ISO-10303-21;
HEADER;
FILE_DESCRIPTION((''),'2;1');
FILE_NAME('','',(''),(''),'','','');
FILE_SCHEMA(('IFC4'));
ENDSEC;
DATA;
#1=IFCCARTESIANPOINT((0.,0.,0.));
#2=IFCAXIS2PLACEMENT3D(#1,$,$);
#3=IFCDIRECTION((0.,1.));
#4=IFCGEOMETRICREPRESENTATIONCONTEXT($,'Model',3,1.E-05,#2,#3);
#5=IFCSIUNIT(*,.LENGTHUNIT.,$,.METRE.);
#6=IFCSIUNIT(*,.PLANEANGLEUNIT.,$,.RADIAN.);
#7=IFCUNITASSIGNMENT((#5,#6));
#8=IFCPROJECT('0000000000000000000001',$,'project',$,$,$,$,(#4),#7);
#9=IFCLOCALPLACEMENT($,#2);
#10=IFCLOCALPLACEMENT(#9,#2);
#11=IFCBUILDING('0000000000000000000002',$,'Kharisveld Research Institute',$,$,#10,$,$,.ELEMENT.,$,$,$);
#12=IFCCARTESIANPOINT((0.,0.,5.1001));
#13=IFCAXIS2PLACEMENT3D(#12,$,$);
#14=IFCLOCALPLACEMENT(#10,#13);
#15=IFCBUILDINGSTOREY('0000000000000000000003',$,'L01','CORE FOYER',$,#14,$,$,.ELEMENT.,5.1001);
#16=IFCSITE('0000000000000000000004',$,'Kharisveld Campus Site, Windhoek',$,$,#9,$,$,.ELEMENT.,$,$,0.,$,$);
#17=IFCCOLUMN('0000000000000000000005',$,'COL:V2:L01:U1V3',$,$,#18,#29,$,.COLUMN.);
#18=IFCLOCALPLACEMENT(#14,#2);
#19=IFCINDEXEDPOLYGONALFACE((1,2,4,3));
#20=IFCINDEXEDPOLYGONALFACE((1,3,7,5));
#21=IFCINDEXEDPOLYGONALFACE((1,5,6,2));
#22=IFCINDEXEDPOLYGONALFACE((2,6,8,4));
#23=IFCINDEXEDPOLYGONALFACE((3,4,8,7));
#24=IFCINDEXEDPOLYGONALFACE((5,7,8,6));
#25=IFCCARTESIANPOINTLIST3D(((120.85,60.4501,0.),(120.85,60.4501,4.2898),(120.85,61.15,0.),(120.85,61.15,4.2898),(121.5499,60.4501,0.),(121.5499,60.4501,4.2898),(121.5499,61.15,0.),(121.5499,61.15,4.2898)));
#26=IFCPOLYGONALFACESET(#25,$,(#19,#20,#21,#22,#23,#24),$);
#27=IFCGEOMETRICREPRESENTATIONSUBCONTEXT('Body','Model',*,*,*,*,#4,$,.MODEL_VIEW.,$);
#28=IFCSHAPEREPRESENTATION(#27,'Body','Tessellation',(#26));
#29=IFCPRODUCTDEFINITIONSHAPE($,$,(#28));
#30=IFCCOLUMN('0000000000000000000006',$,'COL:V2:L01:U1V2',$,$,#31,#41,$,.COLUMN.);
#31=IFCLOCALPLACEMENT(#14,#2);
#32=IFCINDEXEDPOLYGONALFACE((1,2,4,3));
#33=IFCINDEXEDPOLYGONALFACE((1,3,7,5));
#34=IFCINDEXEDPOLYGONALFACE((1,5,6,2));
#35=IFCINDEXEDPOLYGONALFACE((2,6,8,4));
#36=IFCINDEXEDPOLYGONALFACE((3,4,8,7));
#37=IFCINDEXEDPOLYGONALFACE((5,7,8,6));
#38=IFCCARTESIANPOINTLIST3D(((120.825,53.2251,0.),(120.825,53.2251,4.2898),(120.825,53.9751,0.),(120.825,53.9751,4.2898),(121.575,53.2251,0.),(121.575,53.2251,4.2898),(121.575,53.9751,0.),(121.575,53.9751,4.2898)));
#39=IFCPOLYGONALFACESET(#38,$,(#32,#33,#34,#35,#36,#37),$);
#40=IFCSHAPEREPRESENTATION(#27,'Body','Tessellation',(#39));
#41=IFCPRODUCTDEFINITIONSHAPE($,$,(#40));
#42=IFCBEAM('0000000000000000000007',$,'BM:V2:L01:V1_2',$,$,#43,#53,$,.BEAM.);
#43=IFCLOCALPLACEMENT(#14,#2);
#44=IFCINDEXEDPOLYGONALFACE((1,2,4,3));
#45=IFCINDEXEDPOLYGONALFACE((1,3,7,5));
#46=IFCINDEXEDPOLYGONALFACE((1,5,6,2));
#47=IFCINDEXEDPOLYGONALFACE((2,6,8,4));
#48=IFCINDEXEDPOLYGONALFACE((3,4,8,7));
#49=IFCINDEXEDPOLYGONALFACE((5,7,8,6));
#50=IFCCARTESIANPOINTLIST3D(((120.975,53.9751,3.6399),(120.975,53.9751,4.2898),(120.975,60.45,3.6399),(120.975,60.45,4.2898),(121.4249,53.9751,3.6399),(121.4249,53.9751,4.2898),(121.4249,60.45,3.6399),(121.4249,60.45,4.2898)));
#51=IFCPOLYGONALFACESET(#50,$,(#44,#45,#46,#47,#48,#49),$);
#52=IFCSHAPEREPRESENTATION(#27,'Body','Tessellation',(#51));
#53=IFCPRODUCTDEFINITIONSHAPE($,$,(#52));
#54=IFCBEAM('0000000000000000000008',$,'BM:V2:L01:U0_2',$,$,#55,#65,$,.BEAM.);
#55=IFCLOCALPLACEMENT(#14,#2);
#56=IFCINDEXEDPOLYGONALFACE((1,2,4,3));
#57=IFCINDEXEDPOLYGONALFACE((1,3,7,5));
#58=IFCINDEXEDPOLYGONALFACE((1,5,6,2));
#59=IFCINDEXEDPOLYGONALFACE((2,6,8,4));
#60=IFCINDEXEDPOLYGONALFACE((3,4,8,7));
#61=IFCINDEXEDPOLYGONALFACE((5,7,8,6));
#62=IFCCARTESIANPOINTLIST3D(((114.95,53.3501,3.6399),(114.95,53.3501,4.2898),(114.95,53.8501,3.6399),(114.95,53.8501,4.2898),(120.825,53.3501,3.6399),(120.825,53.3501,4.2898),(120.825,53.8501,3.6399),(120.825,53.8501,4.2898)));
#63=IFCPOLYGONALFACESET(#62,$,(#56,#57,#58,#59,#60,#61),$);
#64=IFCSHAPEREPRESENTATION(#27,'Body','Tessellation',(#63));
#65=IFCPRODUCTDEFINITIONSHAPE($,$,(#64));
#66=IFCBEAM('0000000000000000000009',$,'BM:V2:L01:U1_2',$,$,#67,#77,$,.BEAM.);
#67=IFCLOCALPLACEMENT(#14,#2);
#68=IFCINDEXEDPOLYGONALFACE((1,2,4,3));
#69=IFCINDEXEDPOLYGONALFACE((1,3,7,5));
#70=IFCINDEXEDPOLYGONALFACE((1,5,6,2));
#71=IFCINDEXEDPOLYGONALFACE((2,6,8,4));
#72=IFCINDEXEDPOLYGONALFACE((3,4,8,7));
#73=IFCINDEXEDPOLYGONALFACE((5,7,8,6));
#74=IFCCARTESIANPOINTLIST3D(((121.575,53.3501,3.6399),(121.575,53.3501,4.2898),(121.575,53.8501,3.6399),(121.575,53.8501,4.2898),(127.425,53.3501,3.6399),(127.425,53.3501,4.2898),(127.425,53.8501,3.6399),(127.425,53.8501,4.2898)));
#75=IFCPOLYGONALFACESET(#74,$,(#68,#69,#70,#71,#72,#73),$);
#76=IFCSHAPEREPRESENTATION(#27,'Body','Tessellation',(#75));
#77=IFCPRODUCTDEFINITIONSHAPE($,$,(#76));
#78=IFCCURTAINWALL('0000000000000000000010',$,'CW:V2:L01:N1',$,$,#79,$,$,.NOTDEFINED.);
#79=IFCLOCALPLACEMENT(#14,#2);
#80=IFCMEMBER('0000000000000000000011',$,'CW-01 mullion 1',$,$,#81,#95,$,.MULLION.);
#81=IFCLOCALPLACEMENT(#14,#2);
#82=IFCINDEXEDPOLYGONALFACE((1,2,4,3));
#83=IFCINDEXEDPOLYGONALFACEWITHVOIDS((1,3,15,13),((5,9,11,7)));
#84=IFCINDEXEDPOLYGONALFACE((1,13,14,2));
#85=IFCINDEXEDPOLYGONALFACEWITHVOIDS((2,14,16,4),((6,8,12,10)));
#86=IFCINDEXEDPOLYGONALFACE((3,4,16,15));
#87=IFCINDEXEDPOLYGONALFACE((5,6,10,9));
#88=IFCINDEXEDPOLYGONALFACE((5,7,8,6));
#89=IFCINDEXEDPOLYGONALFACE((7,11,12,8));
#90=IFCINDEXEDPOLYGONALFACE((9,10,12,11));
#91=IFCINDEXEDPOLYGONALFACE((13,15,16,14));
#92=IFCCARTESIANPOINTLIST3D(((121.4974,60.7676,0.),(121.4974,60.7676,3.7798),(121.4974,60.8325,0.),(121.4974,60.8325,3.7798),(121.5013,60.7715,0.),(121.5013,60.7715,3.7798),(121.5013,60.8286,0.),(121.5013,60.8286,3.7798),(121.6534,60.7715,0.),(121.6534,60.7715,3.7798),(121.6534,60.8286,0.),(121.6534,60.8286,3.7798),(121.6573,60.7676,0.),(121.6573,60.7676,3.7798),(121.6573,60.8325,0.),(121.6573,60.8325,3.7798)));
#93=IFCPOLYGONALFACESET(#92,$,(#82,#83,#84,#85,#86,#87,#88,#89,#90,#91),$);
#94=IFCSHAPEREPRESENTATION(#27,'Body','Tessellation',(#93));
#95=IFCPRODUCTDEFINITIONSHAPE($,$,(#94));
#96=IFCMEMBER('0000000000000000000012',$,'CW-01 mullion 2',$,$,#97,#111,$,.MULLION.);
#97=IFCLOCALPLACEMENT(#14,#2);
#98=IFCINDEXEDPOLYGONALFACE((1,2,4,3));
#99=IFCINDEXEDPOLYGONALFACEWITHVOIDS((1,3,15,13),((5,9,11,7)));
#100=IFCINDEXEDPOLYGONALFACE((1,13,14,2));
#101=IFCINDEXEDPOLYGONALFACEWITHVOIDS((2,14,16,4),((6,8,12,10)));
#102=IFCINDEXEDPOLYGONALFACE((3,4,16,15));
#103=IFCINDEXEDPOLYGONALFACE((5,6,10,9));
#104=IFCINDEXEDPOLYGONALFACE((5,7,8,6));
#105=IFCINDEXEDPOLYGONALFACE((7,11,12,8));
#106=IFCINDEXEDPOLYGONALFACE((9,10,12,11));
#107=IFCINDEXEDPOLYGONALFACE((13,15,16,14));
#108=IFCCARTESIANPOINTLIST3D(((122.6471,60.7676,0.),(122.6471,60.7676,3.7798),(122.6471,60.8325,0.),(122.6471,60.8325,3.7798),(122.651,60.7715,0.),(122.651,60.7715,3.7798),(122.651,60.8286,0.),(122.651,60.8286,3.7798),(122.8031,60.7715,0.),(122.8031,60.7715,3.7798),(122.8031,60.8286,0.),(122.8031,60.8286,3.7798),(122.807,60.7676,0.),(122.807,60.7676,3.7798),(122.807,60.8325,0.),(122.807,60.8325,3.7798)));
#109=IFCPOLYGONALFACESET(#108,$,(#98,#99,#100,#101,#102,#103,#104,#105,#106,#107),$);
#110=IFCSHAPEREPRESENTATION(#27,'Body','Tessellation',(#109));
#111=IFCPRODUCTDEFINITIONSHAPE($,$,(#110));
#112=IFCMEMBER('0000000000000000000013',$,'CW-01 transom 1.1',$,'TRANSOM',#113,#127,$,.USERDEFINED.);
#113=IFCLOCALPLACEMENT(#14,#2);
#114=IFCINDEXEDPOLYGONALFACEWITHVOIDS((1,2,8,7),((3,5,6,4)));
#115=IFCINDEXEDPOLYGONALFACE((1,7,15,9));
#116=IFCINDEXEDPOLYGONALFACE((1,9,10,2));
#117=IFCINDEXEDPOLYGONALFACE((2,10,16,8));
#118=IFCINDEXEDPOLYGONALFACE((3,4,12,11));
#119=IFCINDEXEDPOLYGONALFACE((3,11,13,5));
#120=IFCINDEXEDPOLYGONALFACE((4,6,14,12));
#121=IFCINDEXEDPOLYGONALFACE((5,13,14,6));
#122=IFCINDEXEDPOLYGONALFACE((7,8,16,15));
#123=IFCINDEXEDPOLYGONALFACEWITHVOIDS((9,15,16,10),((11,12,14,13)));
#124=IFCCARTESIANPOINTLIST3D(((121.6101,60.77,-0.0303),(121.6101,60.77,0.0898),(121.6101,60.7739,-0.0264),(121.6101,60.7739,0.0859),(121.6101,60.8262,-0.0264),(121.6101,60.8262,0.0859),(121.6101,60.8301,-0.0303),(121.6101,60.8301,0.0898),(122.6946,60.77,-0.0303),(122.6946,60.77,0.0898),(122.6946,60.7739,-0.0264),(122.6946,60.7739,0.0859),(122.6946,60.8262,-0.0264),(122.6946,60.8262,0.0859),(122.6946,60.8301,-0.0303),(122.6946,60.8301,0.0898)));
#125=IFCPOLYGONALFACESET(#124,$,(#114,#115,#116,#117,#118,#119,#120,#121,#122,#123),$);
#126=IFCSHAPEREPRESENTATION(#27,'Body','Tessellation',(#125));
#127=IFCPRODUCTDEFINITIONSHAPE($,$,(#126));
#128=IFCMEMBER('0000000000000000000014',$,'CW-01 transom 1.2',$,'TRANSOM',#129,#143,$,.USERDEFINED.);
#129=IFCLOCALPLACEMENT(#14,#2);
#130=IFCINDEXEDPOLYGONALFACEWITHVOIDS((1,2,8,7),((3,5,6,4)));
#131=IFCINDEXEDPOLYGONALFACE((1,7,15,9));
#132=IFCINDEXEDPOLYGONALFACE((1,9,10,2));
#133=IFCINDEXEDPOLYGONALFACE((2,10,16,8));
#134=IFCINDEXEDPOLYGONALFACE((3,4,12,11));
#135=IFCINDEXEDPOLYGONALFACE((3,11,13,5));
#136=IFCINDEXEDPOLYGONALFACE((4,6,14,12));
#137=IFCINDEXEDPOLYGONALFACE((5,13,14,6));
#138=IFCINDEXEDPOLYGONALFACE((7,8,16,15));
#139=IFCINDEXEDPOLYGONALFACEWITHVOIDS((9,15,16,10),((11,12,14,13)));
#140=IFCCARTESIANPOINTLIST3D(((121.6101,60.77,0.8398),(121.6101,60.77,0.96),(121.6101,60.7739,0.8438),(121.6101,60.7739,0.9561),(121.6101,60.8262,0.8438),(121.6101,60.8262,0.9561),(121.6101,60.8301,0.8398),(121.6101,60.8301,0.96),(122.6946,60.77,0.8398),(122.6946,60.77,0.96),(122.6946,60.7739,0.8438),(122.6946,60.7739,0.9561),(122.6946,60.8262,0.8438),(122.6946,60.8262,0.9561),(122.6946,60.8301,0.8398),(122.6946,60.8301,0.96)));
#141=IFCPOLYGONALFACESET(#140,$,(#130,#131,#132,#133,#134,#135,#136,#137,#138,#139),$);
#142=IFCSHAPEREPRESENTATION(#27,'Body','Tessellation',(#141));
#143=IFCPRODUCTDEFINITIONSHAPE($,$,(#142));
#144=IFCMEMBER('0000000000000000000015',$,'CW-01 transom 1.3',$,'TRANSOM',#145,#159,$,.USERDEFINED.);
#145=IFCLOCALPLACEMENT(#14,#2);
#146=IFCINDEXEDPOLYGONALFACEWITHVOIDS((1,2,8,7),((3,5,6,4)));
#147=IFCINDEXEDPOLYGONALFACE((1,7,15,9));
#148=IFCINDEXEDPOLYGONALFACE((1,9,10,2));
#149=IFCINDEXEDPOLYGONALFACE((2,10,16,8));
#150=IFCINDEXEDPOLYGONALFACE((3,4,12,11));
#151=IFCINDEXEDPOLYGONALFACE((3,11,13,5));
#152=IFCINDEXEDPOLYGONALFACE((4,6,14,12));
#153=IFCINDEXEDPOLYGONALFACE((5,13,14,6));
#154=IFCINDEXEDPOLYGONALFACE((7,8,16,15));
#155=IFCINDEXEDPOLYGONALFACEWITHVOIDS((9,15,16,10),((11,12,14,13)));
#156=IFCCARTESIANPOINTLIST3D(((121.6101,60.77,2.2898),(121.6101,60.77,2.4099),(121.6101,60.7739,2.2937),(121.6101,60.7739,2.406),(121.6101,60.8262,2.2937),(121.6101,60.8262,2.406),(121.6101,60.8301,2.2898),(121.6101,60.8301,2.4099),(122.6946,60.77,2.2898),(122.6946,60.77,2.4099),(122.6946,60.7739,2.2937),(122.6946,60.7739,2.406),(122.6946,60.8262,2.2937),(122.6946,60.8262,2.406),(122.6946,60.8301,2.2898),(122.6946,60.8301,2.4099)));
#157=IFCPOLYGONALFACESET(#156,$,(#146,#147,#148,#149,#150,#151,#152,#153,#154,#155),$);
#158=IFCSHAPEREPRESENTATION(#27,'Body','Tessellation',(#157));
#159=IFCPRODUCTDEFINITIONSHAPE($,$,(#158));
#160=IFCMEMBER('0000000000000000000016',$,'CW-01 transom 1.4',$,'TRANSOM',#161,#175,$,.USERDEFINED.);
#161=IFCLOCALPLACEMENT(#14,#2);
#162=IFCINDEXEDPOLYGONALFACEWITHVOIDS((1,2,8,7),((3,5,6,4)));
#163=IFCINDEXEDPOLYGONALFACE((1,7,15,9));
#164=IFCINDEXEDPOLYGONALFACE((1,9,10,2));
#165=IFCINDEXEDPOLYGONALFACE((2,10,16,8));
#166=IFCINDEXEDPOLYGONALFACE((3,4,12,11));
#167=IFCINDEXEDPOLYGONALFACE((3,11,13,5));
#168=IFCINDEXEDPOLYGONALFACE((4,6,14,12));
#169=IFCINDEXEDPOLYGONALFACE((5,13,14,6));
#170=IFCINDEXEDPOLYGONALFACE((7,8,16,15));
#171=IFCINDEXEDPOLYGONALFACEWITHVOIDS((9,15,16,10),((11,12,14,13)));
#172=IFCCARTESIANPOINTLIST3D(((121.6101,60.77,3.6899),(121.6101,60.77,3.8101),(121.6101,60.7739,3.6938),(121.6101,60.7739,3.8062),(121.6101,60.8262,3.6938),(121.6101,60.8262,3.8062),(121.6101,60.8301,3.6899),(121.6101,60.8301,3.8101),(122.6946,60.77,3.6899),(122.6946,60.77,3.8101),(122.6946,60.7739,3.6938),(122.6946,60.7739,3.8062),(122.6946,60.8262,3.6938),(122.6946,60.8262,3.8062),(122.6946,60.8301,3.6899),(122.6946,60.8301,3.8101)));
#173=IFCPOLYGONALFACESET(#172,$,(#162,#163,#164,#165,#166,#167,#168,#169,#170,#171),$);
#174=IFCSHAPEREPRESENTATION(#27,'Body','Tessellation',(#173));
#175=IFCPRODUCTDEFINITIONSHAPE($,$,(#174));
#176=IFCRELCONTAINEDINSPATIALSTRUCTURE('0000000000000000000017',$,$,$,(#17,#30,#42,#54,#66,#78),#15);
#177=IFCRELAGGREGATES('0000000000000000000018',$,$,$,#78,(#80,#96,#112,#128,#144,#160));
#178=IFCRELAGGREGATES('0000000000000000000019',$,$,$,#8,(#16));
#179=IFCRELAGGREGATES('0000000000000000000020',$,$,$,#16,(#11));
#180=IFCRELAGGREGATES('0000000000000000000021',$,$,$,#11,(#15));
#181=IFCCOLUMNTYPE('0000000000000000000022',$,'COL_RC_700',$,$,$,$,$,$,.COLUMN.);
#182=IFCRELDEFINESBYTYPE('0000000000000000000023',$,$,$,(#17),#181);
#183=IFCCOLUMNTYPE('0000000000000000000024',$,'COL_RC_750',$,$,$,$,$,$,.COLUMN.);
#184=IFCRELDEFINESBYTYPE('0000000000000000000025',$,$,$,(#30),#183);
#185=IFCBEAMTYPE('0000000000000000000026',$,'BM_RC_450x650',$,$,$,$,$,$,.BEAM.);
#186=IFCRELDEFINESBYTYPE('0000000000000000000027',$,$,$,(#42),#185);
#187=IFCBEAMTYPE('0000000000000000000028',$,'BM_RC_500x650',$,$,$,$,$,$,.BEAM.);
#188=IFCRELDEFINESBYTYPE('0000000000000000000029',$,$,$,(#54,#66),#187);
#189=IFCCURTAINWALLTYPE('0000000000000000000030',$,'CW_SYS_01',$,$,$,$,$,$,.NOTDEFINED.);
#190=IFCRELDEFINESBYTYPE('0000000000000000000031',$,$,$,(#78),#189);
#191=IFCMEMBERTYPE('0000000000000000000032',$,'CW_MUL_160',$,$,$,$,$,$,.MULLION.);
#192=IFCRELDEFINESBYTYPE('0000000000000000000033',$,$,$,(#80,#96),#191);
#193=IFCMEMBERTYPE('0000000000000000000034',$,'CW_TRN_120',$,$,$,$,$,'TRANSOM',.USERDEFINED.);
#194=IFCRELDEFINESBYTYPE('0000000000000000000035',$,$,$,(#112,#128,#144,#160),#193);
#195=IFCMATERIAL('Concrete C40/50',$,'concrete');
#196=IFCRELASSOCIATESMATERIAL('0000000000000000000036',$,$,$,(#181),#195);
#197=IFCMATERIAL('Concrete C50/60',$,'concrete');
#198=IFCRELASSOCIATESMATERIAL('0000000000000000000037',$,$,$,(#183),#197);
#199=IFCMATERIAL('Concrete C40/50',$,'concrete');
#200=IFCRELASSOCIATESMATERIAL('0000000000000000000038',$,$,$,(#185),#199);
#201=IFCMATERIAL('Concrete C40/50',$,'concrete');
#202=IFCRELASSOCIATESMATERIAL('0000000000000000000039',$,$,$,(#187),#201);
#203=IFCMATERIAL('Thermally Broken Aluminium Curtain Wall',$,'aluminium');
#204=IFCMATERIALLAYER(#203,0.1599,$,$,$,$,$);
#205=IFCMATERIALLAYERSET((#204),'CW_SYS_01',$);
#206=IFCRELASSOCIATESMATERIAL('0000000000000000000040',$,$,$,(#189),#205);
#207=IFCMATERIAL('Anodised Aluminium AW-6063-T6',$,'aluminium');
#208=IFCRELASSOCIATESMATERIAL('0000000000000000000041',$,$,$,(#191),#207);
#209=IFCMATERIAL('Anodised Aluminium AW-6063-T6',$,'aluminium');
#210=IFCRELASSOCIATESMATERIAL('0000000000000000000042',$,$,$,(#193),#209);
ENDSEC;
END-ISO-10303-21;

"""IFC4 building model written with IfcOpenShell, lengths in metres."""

from ifc_helpers import new_model, si_unit, direction, frame, origin, origin_2d, place, context, subcontext, project, spatial, rectangle, hollow_rectangle, extrude, material, layer, layer_set, material_profile, profile_set, type_object, element, aggregate, save


model = new_model("IFC4")

# Units and contexts
model_context = context("Model", 3, precision=1e-05, world=origin(), true_north=direction((0.0, 1.0)))
body_context = subcontext(model_context, "Body", "Model", "MODEL_VIEW")
ifc_project = project(units=[si_unit("LENGTHUNIT", "METRE"), si_unit("PLANEANGLEUNIT", "RADIAN")], contexts=[model_context])

# Site, building, storey
site_placement = place(None, origin())
site = spatial("IfcSite", under=ifc_project, at=site_placement, Name="Kharisveld Campus Site, Windhoek", CompositionType="ELEMENT", RefElevation=0.0)
building_placement = place(site_placement, origin())
building = spatial("IfcBuilding", under=site, at=building_placement, Name="Kharisveld Research Institute", CompositionType="ELEMENT")
storey_placement = place(building_placement, frame((0.0, 0.0, 5.1001)))
storey = spatial("IfcBuildingStorey", under=building, at=storey_placement, Name="L01", Description="CORE FOYER", CompositionType="ELEMENT", Elevation=5.1001)

# Columns
ifc_material_1 = material(Name="Concrete C40/50", Category="concrete")
ifc_material_profile_1 = material_profile(ifc_material_1, rectangle(XDim=0.7, YDim=0.7, at=origin_2d()))
ifc_profile_set_1 = profile_set([ifc_material_profile_1], Name="Concrete C40/50")
column_type_1 = type_object("IfcColumnType", Name="COL_RC_700", PredefinedType="COLUMN", material=ifc_profile_set_1)
column_1_placement = place(storey_placement, frame((121.2, 60.8, 0.0), z_axis=(0.0, 0.0, 1.0), x_axis=(1.0, 0.0, 0.0)))
element("IfcColumn", 1, at=column_1_placement, inside=storey, type_object=column_type_1, Name="COL:V2:L01:U1V3", PredefinedType="COLUMN", context=body_context, shape_type="SweptSolid", body=[
    extrude(rectangle(XDim=0.7, YDim=0.7, at=origin_2d()), origin(), (0.0, 0.0, 1.0), 4.2898),
])
ifc_material_2 = material(Name="Concrete C50/60", Category="concrete")
ifc_material_profile_2 = material_profile(ifc_material_2, rectangle(XDim=0.75, YDim=0.75, at=origin_2d()))
ifc_profile_set_2 = profile_set([ifc_material_profile_2], Name="Concrete C50/60")
column_type_2 = type_object("IfcColumnType", Name="COL_RC_750", PredefinedType="COLUMN", material=ifc_profile_set_2)
column_2_placement = place(storey_placement, frame((121.2, 53.6001, 0.0), z_axis=(0.0, 0.0, 1.0), x_axis=(1.0, 0.0, 0.0)))
element("IfcColumn", 2, at=column_2_placement, inside=storey, type_object=column_type_2, Name="COL:V2:L01:U1V2", PredefinedType="COLUMN", context=body_context, shape_type="SweptSolid", body=[
    extrude(rectangle(XDim=0.75, YDim=0.75, at=origin_2d()), origin(), (0.0, 0.0, 1.0), 4.2898),
])

# Beams
ifc_material_3 = material(Name="Concrete C40/50", Category="concrete")
ifc_material_profile_3 = material_profile(ifc_material_3, rectangle(XDim=0.45, YDim=0.6499, at=origin_2d()))
ifc_profile_set_3 = profile_set([ifc_material_profile_3], Name="Concrete C40/50")
beam_type_1 = type_object("IfcBeamType", Name="BM_RC_450x650", PredefinedType="BEAM", material=ifc_profile_set_3)
beam_1_placement = place(storey_placement, frame((121.2, 53.9751, 3.9648), z_axis=(0.0, 1.0, 0.0), x_axis=(-1.0, 0.0, 0.0)))
element("IfcBeam", 3, at=beam_1_placement, inside=storey, type_object=beam_type_1, Name="BM:V2:L01:V1_2", PredefinedType="BEAM", context=body_context, shape_type="SweptSolid", body=[
    extrude(rectangle(XDim=0.45, YDim=0.6499, at=origin_2d()), origin(), (0.0, 0.0, 1.0), 6.4749),
])
ifc_material_4 = material(Name="Concrete C40/50", Category="concrete")
ifc_material_profile_4 = material_profile(ifc_material_4, rectangle(XDim=0.5, YDim=0.6499, at=origin_2d()))
ifc_profile_set_4 = profile_set([ifc_material_profile_4], Name="Concrete C40/50")
beam_type_2 = type_object("IfcBeamType", Name="BM_RC_500x650", PredefinedType="BEAM", material=ifc_profile_set_4)
beam_2_placement = place(storey_placement, frame((114.95, 53.6001, 3.9648), z_axis=(1.0, 0.0, 0.0), x_axis=(0.0, 1.0, 0.0)))
element("IfcBeam", 4, at=beam_2_placement, inside=storey, type_object=beam_type_2, Name="BM:V2:L01:U0_2", PredefinedType="BEAM", context=body_context, shape_type="SweptSolid", body=[
    extrude(rectangle(XDim=0.5, YDim=0.6499, at=origin_2d()), origin(), (0.0, 0.0, 1.0), 5.875),
])
beam_3_placement = place(storey_placement, frame((121.575, 53.6001, 3.9648), z_axis=(1.0, 0.0, 0.0), x_axis=(0.0, 1.0, 0.0)))
element("IfcBeam", 5, at=beam_3_placement, inside=storey, type_object=beam_type_2, Name="BM:V2:L01:U1_2", PredefinedType="BEAM", context=body_context, shape_type="SweptSolid", body=[
    extrude(rectangle(XDim=0.5, YDim=0.6499, at=origin_2d()), origin(), (0.0, 0.0, 1.0), 5.8501),
])

# Curtain wall, members
ifc_material_5 = material(Name="Thermally Broken Aluminium Curtain Wall", Category="aluminium")
ifc_layer_1 = layer(ifc_material_5, 0.1599)
ifc_layer_set_1 = layer_set([ifc_layer_1], Name="CW_SYS_01")
curtain_wall_type = type_object("IfcCurtainWallType", Name="CW_SYS_01", PredefinedType="NOTDEFINED", material=ifc_layer_set_1)
curtain_wall_placement = place(storey_placement, origin())
curtain_wall = element("IfcCurtainWall", 6, at=curtain_wall_placement, inside=storey, type_object=curtain_wall_type, Name="CW:V2:L01:N1", PredefinedType="NOTDEFINED")
ifc_material_6 = material(Name="Anodised Aluminium AW-6063-T6", Category="aluminium")
ifc_material_profile_5 = material_profile(ifc_material_6, hollow_rectangle(XDim=0.0649, YDim=0.1599, WallThickness=0.0039, at=origin_2d()))
ifc_profile_set_5 = profile_set([ifc_material_profile_5], Name="Anodised Aluminium AW-6063-T6")
member_type_1 = type_object("IfcMemberType", Name="CW_MUL_160", PredefinedType="MULLION", material=ifc_profile_set_5)
member_1_placement = place(storey_placement, frame((121.5774, 60.8, 0.0), z_axis=(0.0, 0.0, 1.0), x_axis=(0.0, 1.0, 0.0)))
member_1 = element("IfcMember", 7, at=member_1_placement, type_object=member_type_1, Name="CW-01 mullion 1", PredefinedType="MULLION", context=body_context, shape_type="SweptSolid", body=[
    extrude(hollow_rectangle(XDim=0.0649, YDim=0.1599, WallThickness=0.0039, at=origin_2d()), origin(), (0.0, 0.0, 1.0), 3.7798),
])
member_2_placement = place(storey_placement, frame((122.7271, 60.8, 0.0), z_axis=(0.0, 0.0, 1.0), x_axis=(0.0, 1.0, 0.0)))
member_2 = element("IfcMember", 8, at=member_2_placement, type_object=member_type_1, Name="CW-01 mullion 2", PredefinedType="MULLION", context=body_context, shape_type="SweptSolid", body=[
    extrude(hollow_rectangle(XDim=0.0649, YDim=0.1599, WallThickness=0.0039, at=origin_2d()), origin(), (0.0, 0.0, 1.0), 3.7798),
])
ifc_material_7 = material(Name="Anodised Aluminium AW-6063-T6", Category="aluminium")
ifc_material_profile_6 = material_profile(ifc_material_7, hollow_rectangle(XDim=0.0601, YDim=0.1201, WallThickness=0.0039, at=origin_2d()))
ifc_profile_set_6 = profile_set([ifc_material_profile_6], Name="Anodised Aluminium AW-6063-T6")
member_type_2 = type_object("IfcMemberType", Name="CW_TRN_120", ElementType="TRANSOM", PredefinedType="USERDEFINED", material=ifc_profile_set_6)
member_3_placement = place(storey_placement, frame((121.6101, 60.8, 0.0298), z_axis=(1.0, 0.0, 0.0), x_axis=(0.0, 1.0, 0.0)))
member_3 = element("IfcMember", 9, at=member_3_placement, type_object=member_type_2, Name="CW-01 transom 1.1", ObjectType="TRANSOM", PredefinedType="USERDEFINED", context=body_context, shape_type="SweptSolid", body=[
    extrude(hollow_rectangle(XDim=0.0601, YDim=0.1201, WallThickness=0.0039, at=origin_2d()), origin(), (0.0, 0.0, 1.0), 1.0845),
])
member_4_placement = place(storey_placement, frame((121.6101, 60.8, 0.8999), z_axis=(1.0, 0.0, 0.0), x_axis=(0.0, 1.0, 0.0)))
member_4 = element("IfcMember", 10, at=member_4_placement, type_object=member_type_2, Name="CW-01 transom 1.2", ObjectType="TRANSOM", PredefinedType="USERDEFINED", context=body_context, shape_type="SweptSolid", body=[
    extrude(hollow_rectangle(XDim=0.0601, YDim=0.1201, WallThickness=0.0039, at=origin_2d()), origin(), (0.0, 0.0, 1.0), 1.0845),
])
member_5_placement = place(storey_placement, frame((121.6101, 60.8, 2.3499), z_axis=(1.0, 0.0, 0.0), x_axis=(0.0, 1.0, 0.0)))
member_5 = element("IfcMember", 11, at=member_5_placement, type_object=member_type_2, Name="CW-01 transom 1.3", ObjectType="TRANSOM", PredefinedType="USERDEFINED", context=body_context, shape_type="SweptSolid", body=[
    extrude(hollow_rectangle(XDim=0.0601, YDim=0.1201, WallThickness=0.0039, at=origin_2d()), origin(), (0.0, 0.0, 1.0), 1.0845),
])
member_6_placement = place(storey_placement, frame((121.6101, 60.8, 3.75), z_axis=(1.0, 0.0, 0.0), x_axis=(0.0, 1.0, 0.0)))
member_6 = element("IfcMember", 12, at=member_6_placement, type_object=member_type_2, Name="CW-01 transom 1.4", ObjectType="TRANSOM", PredefinedType="USERDEFINED", context=body_context, shape_type="SweptSolid", body=[
    extrude(hollow_rectangle(XDim=0.0601, YDim=0.1201, WallThickness=0.0039, at=origin_2d()), origin(), (0.0, 0.0, 1.0), 1.0845),
])

aggregate(curtain_wall, [member_1, member_2, member_3, member_4, member_5, member_6])

save(model, "model.ifc")
